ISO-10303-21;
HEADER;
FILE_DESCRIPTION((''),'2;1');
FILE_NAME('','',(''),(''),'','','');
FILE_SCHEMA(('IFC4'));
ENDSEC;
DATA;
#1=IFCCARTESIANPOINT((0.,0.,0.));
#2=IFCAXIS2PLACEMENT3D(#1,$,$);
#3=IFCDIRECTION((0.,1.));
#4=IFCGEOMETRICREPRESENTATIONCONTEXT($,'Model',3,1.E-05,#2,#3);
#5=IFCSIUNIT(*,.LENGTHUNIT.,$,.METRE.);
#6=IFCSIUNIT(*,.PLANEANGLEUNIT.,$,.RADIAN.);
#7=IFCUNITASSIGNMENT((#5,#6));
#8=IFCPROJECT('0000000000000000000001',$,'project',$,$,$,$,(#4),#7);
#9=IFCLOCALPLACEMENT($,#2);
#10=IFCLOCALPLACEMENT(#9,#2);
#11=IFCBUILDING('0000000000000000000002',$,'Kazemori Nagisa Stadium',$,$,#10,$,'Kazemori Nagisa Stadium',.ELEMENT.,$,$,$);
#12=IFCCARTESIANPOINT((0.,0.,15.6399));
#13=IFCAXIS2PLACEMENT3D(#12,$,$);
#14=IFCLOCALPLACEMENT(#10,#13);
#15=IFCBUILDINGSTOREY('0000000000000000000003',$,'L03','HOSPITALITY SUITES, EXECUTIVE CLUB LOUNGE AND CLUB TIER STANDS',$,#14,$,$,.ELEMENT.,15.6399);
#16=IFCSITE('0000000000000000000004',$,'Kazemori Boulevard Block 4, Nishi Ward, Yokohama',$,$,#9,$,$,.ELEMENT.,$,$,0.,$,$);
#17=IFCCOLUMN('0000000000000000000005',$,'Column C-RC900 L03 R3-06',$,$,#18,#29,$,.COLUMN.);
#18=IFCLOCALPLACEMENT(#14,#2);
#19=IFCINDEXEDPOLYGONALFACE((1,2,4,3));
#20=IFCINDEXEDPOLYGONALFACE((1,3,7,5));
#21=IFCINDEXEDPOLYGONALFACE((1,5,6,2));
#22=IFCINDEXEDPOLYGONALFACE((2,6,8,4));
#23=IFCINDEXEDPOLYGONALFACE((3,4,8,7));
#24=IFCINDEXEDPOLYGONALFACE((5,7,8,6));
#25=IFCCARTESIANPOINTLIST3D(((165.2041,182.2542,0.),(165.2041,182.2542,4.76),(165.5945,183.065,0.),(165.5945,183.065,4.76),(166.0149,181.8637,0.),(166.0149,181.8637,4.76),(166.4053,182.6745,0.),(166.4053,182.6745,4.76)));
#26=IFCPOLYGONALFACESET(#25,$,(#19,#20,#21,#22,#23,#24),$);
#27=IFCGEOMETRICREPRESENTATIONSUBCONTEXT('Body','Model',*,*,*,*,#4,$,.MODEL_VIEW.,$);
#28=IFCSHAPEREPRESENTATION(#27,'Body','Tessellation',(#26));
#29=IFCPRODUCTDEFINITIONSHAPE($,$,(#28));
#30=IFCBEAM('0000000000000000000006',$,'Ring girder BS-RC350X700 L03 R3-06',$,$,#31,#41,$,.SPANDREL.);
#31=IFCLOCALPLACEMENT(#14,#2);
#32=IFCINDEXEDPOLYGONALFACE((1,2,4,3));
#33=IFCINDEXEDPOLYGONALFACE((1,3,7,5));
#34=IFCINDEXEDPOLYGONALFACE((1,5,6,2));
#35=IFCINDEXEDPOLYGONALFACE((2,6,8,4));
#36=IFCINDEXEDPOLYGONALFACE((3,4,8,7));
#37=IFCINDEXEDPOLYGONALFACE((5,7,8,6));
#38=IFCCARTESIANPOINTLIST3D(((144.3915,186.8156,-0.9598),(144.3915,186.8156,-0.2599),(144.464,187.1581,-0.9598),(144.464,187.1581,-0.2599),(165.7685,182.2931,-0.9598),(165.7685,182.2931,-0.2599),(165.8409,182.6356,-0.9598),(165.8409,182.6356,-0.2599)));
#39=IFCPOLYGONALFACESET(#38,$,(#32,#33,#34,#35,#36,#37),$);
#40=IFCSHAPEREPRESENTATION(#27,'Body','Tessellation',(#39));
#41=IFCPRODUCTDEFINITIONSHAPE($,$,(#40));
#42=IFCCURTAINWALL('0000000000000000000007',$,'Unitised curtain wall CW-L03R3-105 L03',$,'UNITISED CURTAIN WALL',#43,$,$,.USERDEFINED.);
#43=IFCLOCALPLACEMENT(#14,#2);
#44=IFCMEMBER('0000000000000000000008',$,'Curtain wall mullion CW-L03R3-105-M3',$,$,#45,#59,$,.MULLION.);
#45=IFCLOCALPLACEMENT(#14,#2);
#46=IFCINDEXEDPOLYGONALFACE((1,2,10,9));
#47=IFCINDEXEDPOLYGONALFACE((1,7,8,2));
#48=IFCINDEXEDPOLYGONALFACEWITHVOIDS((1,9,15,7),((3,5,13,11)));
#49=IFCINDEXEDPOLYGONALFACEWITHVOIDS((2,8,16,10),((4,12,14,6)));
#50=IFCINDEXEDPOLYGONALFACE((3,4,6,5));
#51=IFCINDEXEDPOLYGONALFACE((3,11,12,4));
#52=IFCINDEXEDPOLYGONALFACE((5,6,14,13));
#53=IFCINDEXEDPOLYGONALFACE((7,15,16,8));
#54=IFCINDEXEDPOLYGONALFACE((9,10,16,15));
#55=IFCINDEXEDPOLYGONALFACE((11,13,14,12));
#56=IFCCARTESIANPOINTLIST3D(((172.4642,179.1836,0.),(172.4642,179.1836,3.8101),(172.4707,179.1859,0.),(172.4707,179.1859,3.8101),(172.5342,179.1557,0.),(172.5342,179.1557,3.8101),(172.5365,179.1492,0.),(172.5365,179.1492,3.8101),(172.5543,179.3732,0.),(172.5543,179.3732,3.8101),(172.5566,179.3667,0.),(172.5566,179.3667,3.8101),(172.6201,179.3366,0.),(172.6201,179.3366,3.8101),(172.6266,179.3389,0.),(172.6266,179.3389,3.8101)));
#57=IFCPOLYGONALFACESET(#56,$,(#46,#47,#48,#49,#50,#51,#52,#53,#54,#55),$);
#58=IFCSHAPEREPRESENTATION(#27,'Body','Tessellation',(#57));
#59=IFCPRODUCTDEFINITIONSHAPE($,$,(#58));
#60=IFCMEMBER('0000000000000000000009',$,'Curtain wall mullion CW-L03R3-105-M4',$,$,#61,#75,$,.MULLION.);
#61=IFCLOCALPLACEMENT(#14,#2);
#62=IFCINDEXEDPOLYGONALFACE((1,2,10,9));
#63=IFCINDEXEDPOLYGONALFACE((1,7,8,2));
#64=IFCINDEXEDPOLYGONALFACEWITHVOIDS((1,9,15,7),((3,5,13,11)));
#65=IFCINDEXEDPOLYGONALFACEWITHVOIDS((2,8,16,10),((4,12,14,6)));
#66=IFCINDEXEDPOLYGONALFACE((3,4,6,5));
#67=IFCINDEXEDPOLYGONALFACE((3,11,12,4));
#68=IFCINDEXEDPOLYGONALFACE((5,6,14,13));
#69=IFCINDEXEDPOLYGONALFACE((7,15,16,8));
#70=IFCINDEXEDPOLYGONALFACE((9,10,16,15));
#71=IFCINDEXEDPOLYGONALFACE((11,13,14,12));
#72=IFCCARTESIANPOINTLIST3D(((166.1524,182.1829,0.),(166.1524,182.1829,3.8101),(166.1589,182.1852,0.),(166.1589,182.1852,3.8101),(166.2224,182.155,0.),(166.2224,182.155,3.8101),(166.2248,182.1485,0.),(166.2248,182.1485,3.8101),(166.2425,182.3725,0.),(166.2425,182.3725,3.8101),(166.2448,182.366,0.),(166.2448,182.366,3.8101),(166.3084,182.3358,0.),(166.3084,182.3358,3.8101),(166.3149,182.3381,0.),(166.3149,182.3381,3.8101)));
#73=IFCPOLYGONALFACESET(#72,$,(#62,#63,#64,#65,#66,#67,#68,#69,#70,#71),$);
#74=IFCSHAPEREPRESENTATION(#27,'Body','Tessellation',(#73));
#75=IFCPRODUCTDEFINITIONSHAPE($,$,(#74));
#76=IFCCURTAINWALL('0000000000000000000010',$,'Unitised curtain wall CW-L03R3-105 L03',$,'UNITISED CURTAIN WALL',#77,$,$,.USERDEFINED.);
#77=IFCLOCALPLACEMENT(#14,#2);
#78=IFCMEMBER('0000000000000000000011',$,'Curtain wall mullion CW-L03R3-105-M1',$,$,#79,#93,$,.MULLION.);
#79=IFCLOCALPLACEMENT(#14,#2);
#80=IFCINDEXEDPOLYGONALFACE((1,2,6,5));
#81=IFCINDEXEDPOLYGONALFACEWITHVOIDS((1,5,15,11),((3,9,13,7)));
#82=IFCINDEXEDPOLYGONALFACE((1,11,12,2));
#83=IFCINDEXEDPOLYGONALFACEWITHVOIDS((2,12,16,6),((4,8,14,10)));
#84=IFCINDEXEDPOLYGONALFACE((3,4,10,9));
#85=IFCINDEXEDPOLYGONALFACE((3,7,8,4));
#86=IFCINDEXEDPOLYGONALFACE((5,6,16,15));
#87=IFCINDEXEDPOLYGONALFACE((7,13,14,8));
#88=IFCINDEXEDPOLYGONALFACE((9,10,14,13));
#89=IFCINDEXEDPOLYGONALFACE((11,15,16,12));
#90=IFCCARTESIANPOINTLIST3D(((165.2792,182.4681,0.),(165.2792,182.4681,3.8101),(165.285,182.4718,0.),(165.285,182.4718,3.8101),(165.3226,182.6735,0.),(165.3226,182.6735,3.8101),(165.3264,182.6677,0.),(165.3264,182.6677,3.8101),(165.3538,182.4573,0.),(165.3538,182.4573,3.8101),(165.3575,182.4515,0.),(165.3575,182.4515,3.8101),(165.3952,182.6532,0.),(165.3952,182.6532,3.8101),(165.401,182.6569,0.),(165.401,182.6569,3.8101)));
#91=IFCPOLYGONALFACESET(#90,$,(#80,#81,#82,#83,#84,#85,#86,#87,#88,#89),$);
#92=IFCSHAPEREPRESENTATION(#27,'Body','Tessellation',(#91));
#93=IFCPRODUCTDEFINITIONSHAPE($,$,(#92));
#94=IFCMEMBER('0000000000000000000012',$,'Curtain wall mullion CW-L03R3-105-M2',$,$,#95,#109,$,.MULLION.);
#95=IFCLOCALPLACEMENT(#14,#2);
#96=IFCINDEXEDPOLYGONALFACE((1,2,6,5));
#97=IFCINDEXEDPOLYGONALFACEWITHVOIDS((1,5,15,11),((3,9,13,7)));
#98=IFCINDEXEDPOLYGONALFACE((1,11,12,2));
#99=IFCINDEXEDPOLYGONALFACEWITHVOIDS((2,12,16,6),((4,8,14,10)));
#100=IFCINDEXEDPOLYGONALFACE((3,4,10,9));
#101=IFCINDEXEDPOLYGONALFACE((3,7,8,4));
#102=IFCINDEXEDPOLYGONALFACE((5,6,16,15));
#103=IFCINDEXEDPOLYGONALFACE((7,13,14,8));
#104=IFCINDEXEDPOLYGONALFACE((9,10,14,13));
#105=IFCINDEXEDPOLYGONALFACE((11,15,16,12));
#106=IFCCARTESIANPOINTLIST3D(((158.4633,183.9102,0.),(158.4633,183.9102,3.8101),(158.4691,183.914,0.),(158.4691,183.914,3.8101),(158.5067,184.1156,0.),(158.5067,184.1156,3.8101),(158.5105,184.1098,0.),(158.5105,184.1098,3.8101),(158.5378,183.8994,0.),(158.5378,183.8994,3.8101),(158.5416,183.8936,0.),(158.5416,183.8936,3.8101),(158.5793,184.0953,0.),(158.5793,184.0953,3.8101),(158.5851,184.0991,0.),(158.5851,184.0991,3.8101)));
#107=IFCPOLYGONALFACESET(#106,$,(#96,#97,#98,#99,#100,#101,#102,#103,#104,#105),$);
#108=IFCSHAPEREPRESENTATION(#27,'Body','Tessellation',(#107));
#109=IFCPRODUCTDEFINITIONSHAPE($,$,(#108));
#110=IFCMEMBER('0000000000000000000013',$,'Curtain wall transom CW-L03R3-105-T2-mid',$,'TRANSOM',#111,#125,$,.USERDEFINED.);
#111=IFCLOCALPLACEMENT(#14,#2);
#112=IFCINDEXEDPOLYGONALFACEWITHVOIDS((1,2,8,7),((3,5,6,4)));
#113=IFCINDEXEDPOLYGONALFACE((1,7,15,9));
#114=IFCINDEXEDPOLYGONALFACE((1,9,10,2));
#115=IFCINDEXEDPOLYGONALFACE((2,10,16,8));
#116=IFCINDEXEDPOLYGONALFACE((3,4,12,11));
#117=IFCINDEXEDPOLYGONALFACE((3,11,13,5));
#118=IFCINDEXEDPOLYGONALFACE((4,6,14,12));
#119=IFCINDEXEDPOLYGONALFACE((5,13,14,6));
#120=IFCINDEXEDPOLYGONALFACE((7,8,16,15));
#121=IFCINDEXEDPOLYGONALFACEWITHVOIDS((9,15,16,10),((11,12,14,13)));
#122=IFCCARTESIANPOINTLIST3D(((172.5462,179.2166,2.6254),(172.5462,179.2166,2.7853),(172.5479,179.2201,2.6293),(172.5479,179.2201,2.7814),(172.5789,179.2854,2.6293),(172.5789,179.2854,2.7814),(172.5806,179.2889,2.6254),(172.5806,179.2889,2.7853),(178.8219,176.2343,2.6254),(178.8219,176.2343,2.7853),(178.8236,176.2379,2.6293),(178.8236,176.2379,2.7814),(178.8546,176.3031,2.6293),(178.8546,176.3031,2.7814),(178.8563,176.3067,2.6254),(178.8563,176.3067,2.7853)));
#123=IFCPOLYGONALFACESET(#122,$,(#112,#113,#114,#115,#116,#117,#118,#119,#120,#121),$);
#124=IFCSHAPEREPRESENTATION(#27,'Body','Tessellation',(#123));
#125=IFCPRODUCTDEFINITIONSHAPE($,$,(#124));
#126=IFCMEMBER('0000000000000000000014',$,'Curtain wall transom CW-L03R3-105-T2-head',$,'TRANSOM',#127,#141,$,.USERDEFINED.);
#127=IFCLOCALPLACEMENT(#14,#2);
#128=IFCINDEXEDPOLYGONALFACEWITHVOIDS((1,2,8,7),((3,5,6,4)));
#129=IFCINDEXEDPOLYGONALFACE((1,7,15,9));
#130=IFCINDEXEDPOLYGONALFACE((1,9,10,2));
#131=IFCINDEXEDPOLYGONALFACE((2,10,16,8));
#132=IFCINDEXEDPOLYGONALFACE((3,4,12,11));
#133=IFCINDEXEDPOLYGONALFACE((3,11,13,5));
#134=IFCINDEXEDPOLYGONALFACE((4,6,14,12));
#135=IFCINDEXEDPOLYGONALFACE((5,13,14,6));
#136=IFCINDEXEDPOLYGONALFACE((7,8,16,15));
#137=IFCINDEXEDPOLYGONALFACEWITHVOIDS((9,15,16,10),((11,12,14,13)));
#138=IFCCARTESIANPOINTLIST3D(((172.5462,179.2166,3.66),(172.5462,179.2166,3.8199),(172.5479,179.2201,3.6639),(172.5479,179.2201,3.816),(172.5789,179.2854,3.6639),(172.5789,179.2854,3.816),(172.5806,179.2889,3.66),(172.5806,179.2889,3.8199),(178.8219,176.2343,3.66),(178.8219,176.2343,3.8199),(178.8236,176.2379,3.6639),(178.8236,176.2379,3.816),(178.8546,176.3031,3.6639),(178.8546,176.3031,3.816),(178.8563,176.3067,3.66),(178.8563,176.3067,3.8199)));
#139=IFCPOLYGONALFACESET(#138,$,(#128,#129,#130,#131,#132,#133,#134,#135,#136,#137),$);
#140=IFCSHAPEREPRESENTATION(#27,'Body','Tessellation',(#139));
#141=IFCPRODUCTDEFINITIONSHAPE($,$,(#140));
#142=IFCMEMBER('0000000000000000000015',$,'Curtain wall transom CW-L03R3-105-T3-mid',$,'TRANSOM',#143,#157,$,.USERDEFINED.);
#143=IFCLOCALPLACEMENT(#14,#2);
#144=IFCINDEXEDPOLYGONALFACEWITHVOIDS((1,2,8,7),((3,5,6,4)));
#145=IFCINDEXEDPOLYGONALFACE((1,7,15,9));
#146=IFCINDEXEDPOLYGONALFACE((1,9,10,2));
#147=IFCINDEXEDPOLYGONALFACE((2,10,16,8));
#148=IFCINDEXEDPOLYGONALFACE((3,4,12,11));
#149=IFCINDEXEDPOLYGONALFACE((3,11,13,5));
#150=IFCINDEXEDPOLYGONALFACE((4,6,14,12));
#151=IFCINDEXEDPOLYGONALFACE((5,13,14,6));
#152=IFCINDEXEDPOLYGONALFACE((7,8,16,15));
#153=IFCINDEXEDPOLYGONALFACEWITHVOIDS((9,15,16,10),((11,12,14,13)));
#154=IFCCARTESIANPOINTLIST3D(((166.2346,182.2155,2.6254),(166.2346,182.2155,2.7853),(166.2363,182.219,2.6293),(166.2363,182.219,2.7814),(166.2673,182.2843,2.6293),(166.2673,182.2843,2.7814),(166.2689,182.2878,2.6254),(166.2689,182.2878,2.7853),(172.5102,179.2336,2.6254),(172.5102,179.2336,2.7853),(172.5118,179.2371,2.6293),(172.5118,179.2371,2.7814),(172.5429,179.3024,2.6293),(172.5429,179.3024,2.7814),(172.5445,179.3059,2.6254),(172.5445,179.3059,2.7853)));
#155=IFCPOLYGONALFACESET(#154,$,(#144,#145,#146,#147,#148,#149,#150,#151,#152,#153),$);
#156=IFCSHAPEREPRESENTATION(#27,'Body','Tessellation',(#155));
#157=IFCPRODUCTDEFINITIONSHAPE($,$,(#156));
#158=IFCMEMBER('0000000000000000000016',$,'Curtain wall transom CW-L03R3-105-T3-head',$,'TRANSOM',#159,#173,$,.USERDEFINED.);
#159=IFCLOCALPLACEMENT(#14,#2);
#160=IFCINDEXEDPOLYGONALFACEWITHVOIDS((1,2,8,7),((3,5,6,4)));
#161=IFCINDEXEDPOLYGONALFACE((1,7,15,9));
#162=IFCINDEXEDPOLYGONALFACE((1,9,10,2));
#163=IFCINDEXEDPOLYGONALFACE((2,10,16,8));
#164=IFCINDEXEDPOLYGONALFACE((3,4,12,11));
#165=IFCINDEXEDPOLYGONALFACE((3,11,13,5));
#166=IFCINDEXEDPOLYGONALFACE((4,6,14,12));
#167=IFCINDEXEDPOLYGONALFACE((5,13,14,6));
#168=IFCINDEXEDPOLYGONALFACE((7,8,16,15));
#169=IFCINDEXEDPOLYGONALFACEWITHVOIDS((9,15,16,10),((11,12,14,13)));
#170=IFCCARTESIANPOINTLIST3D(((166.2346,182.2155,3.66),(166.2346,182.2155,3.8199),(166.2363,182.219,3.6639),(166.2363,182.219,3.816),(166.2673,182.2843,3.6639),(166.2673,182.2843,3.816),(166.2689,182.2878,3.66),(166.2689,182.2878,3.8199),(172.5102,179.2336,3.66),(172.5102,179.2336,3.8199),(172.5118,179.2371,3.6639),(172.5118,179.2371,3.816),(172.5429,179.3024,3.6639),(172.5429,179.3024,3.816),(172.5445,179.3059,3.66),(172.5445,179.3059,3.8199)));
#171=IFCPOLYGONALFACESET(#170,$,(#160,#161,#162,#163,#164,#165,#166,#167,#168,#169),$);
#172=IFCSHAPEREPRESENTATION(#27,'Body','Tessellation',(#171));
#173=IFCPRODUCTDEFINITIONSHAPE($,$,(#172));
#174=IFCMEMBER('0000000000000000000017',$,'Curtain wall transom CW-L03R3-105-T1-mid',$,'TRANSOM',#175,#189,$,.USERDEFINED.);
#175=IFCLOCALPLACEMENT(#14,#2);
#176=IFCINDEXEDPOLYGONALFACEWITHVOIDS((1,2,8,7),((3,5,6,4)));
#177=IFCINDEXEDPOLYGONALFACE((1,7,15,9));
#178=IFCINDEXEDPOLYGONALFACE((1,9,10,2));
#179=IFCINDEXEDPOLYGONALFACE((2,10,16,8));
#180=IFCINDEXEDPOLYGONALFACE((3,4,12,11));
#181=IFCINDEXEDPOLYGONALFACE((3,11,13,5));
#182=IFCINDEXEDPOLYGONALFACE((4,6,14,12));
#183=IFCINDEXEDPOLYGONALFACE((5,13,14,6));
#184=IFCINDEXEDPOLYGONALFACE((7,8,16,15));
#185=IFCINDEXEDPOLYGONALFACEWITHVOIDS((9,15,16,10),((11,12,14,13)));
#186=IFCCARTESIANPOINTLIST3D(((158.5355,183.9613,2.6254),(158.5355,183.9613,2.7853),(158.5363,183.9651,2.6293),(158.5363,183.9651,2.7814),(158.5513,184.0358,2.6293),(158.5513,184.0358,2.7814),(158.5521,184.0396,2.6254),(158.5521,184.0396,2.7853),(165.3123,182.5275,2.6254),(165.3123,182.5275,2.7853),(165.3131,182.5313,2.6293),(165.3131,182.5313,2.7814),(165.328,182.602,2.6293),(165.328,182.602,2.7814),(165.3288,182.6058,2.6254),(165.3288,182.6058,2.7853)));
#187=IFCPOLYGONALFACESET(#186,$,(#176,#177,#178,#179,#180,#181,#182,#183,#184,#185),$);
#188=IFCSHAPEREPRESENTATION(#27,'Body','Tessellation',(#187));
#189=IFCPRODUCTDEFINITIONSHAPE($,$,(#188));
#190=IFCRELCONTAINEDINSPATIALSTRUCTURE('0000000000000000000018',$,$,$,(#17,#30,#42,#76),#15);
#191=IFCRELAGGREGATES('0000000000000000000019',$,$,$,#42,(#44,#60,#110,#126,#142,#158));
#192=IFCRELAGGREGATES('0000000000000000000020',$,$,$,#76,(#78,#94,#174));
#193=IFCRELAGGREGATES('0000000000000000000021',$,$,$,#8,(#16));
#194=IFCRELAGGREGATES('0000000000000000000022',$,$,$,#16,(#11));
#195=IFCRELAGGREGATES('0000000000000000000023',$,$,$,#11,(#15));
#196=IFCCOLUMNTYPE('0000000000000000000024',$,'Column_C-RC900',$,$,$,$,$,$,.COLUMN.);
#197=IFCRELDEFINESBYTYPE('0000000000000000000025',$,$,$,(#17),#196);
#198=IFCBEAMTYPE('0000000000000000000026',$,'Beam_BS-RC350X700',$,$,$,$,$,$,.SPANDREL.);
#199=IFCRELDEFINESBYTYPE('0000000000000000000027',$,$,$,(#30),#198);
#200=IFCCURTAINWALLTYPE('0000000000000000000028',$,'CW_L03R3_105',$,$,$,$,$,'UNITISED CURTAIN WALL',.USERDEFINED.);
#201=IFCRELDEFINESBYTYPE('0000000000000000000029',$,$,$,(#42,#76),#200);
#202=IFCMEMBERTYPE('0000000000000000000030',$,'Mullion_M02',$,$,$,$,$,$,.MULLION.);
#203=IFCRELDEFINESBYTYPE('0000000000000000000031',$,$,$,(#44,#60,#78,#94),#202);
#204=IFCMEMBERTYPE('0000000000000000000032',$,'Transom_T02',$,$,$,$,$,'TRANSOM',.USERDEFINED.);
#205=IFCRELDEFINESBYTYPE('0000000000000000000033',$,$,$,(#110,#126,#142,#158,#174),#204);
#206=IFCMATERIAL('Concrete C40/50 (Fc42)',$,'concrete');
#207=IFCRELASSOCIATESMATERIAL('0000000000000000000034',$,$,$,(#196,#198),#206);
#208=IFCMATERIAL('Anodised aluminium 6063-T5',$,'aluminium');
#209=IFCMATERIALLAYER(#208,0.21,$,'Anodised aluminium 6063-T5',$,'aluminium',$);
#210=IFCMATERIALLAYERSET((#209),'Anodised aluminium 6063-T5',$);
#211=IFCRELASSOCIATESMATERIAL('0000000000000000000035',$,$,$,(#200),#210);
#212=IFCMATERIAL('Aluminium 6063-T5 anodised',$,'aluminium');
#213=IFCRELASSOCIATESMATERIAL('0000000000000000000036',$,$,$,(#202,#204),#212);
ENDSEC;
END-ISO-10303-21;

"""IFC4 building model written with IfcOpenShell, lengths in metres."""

from ifc_helpers import new_model, si_unit, direction, frame, origin, origin_2d, place, context, subcontext, project, spatial, rectangle, hollow_rectangle, extrude, material, layer, layer_set, material_profile, profile_set, type_object, element, aggregate, save


model = new_model("IFC4")

# Units and contexts
model_context = context("Model", 3, precision=1e-05, world=origin(), true_north=direction((0.0, 1.0)))
body_context = subcontext(model_context, "Body", "Model", "MODEL_VIEW")
ifc_project = project(units=[si_unit("LENGTHUNIT", "METRE"), si_unit("PLANEANGLEUNIT", "RADIAN")], contexts=[model_context])

# Site, building, storey
site_placement = place(None, origin())
site = spatial("IfcSite", under=ifc_project, at=site_placement, Name="Kazemori Boulevard Block 4, Nishi Ward, Yokohama", CompositionType="ELEMENT", RefElevation=0.0)
building_placement = place(site_placement, origin())
building = spatial("IfcBuilding", under=site, at=building_placement, Name="Kazemori Nagisa Stadium", LongName="Kazemori Nagisa Stadium", CompositionType="ELEMENT")
storey_placement = place(building_placement, frame((0.0, 0.0, 15.6399)))
storey = spatial("IfcBuildingStorey", under=building, at=storey_placement, Name="L03", Description="HOSPITALITY SUITES, EXECUTIVE CLUB LOUNGE AND CLUB TIER STANDS", CompositionType="ELEMENT", Elevation=15.6399)

# Column
ifc_material_1 = material(Name="Concrete C40/50 (Fc42)", Category="concrete")
ifc_material_profile_1 = material_profile(ifc_material_1, rectangle(XDim=0.8999, YDim=0.8999, at=origin_2d()), Name="RC-COL-900x900")
ifc_profile_set_1 = profile_set([ifc_material_profile_1], Name="Concrete C40/50 (Fc42)")
column_type = type_object("IfcColumnType", Name="Column_C-RC900", PredefinedType="COLUMN", material=ifc_profile_set_1)
column_placement = place(storey_placement, frame((165.8047, 182.4644, 0.0), z_axis=(0.0, 0.0, 1.0), x_axis=(0.433884, 0.900969, 0.0)))
element("IfcColumn", 1, at=column_placement, inside=storey, type_object=column_type, Name="Column C-RC900 L03 R3-06", PredefinedType="COLUMN", context=body_context, shape_type="SweptSolid", body=[
    extrude(rectangle(XDim=0.8999, YDim=0.8999, at=origin_2d()), origin(), (0.0, 0.0, 1.0), 4.76),
])

# Beam
ifc_material_profile_2 = material_profile(ifc_material_1, rectangle(XDim=0.3501, YDim=0.7, at=origin_2d()), Name="RC-SP-350x700")
ifc_profile_set_2 = profile_set([ifc_material_profile_2], Name="Concrete C40/50 (Fc42)")
beam_type = type_object("IfcBeamType", Name="Beam_BS-RC350X700", PredefinedType="SPANDREL", material=ifc_profile_set_2)
beam_placement = place(storey_placement, frame((165.8047, 182.4644, -0.6099), z_axis=(-0.978346, 0.206977, 0.0), x_axis=(-0.206977, -0.978346, 0.0)))
element("IfcBeam", 2, at=beam_placement, inside=storey, type_object=beam_type, Name="Ring girder BS-RC350X700 L03 R3-06", PredefinedType="SPANDREL", context=body_context, shape_type="SweptSolid", body=[
    extrude(rectangle(XDim=0.3501, YDim=0.7, at=origin_2d()), origin(), (0.0, 0.0, 1.0), 21.8501),
])

# Curtain walls, members
ifc_material_2 = material(Name="Anodised aluminium 6063-T5", Category="aluminium")
ifc_layer_1 = layer(ifc_material_2, 0.21, Name="Anodised aluminium 6063-T5", Category="aluminium")
ifc_layer_set_1 = layer_set([ifc_layer_1], Name="Anodised aluminium 6063-T5")
curtain_wall_type = type_object("IfcCurtainWallType", Name="CW_L03R3_105", ElementType="UNITISED CURTAIN WALL", PredefinedType="USERDEFINED", material=ifc_layer_set_1)
curtain_wall_1_placement = place(storey_placement, origin())
curtain_wall_1 = element("IfcCurtainWall", 3, at=curtain_wall_1_placement, inside=storey, type_object=curtain_wall_type, Name="Unitised curtain wall CW-L03R3-105 L03", ObjectType="UNITISED CURTAIN WALL", PredefinedType="USERDEFINED")
ifc_material_3 = material(Name="Aluminium 6063-T5 anodised", Category="aluminium")
ifc_material_profile_3 = material_profile(ifc_material_3, hollow_rectangle(XDim=0.0801, YDim=0.21, WallThickness=0.0049, at=origin_2d()), Name="ALU-MULL-80x210x5")
ifc_profile_set_3 = profile_set([ifc_material_profile_3], Name="Aluminium 6063-T5 anodised")
member_type_1 = type_object("IfcMemberType", Name="Mullion_M02", PredefinedType="MULLION", material=ifc_profile_set_3)
member_1_placement = place(storey_placement, frame((172.5454, 179.2612, 0.0), z_axis=(0.0, 0.0, 1.0), x_axis=(-0.903216, 0.429186, 0.0)))
member_1 = element("IfcMember", 4, at=member_1_placement, type_object=member_type_1, Name="Curtain wall mullion CW-L03R3-105-M3", PredefinedType="MULLION", context=body_context, shape_type="SweptSolid", body=[
    extrude(hollow_rectangle(XDim=0.0801, YDim=0.21, WallThickness=0.0049, at=origin_2d()), origin(), (0.0, 0.0, 1.0), 3.8101),
])
member_2_placement = place(storey_placement, frame((166.2336, 182.2605, 0.0), z_axis=(0.0, 0.0, 1.0), x_axis=(-0.903216, 0.429186, 0.0)))
member_2 = element("IfcMember", 5, at=member_2_placement, type_object=member_type_1, Name="Curtain wall mullion CW-L03R3-105-M4", PredefinedType="MULLION", context=body_context, shape_type="SweptSolid", body=[
    extrude(hollow_rectangle(XDim=0.0801, YDim=0.21, WallThickness=0.0049, at=origin_2d()), origin(), (0.0, 0.0, 1.0), 3.8101),
])
curtain_wall_2_placement = place(storey_placement, origin())
curtain_wall_2 = element("IfcCurtainWall", 6, at=curtain_wall_2_placement, inside=storey, type_object=curtain_wall_type, Name="Unitised curtain wall CW-L03R3-105 L03", ObjectType="UNITISED CURTAIN WALL", PredefinedType="USERDEFINED")
member_3_placement = place(storey_placement, frame((165.3401, 182.5625, 0.0), z_axis=(0.0, 0.0, 1.0), x_axis=(-0.978345, 0.206981, 0.0)))
member_3 = element("IfcMember", 7, at=member_3_placement, type_object=member_type_1, Name="Curtain wall mullion CW-L03R3-105-M1", PredefinedType="MULLION", context=body_context, shape_type="SweptSolid", body=[
    extrude(hollow_rectangle(XDim=0.0801, YDim=0.21, WallThickness=0.0049, at=origin_2d()), origin(), (0.0, 0.0, 1.0), 3.8101),
])
member_4_placement = place(storey_placement, frame((158.5242, 184.0046, 0.0), z_axis=(0.0, 0.0, 1.0), x_axis=(-0.978345, 0.206981, 0.0)))
member_4 = element("IfcMember", 8, at=member_4_placement, type_object=member_type_1, Name="Curtain wall mullion CW-L03R3-105-M2", PredefinedType="MULLION", context=body_context, shape_type="SweptSolid", body=[
    extrude(hollow_rectangle(XDim=0.0801, YDim=0.21, WallThickness=0.0049, at=origin_2d()), origin(), (0.0, 0.0, 1.0), 3.8101),
])

# Members
ifc_material_profile_4 = material_profile(ifc_material_3, hollow_rectangle(XDim=0.0801, YDim=0.1599, WallThickness=0.0039, at=origin_2d()), Name="ALU-TRAN-80x160x4")
ifc_profile_set_4 = profile_set([ifc_material_profile_4], Name="Aluminium 6063-T5 anodised")
member_type_2 = type_object("IfcMemberType", Name="Transom_T02", ElementType="TRANSOM", PredefinedType="USERDEFINED", material=ifc_profile_set_4)
member_5_placement = place(storey_placement, frame((178.8391, 176.2705, 2.7053), z_axis=(-0.903208, 0.429204, 0.0), x_axis=(-0.429204, -0.903208, 0.0)))
member_5 = element("IfcMember", 9, at=member_5_placement, type_object=member_type_2, Name="Curtain wall transom CW-L03R3-105-T2-mid", ObjectType="TRANSOM", PredefinedType="USERDEFINED", context=body_context, shape_type="SweptSolid", body=[
    extrude(hollow_rectangle(XDim=0.0801, YDim=0.1599, WallThickness=0.0039, at=origin_2d()), origin(), (0.0, 0.0, 1.0), 6.9482),
])
member_6_placement = place(storey_placement, frame((178.8391, 176.2705, 3.74), z_axis=(-0.903208, 0.429204, 0.0), x_axis=(-0.429204, -0.903208, 0.0)))
member_6 = element("IfcMember", 10, at=member_6_placement, type_object=member_type_2, Name="Curtain wall transom CW-L03R3-105-T2-head", ObjectType="TRANSOM", PredefinedType="USERDEFINED", context=body_context, shape_type="SweptSolid", body=[
    extrude(hollow_rectangle(XDim=0.0801, YDim=0.1599, WallThickness=0.0039, at=origin_2d()), origin(), (0.0, 0.0, 1.0), 6.9482),
])
member_7_placement = place(storey_placement, frame((172.5273, 179.2698, 2.7053), z_axis=(-0.903221, 0.429175, 0.0), x_axis=(-0.429175, -0.903221, 0.0)))
member_7 = element("IfcMember", 11, at=member_7_placement, type_object=member_type_2, Name="Curtain wall transom CW-L03R3-105-T3-mid", ObjectType="TRANSOM", PredefinedType="USERDEFINED", context=body_context, shape_type="SweptSolid", body=[
    extrude(hollow_rectangle(XDim=0.0801, YDim=0.1599, WallThickness=0.0039, at=origin_2d()), origin(), (0.0, 0.0, 1.0), 6.948),
])
member_8_placement = place(storey_placement, frame((172.5273, 179.2698, 3.74), z_axis=(-0.903221, 0.429175, 0.0), x_axis=(-0.429175, -0.903221, 0.0)))
member_8 = element("IfcMember", 12, at=member_8_placement, type_object=member_type_2, Name="Curtain wall transom CW-L03R3-105-T3-head", ObjectType="TRANSOM", PredefinedType="USERDEFINED", context=body_context, shape_type="SweptSolid", body=[
    extrude(hollow_rectangle(XDim=0.0801, YDim=0.1599, WallThickness=0.0039, at=origin_2d()), origin(), (0.0, 0.0, 1.0), 6.948),
])
member_9_placement = place(storey_placement, frame((165.3206, 182.5667, 2.7053), z_axis=(-0.978342, 0.206996, 0.0), x_axis=(-0.206996, -0.978342, 0.0)))
member_9 = element("IfcMember", 13, at=member_9_placement, type_object=member_type_2, Name="Curtain wall transom CW-L03R3-105-T1-mid", ObjectType="TRANSOM", PredefinedType="USERDEFINED", context=body_context, shape_type="SweptSolid", body=[
    extrude(hollow_rectangle(XDim=0.0801, YDim=0.1599, WallThickness=0.0039, at=origin_2d()), origin(), (0.0, 0.0, 1.0), 6.9268),
])

aggregate(curtain_wall_1, [member_1, member_2, member_5, member_6, member_7, member_8])
aggregate(curtain_wall_2, [member_3, member_4, member_9])

save(model, "model.ifc")
